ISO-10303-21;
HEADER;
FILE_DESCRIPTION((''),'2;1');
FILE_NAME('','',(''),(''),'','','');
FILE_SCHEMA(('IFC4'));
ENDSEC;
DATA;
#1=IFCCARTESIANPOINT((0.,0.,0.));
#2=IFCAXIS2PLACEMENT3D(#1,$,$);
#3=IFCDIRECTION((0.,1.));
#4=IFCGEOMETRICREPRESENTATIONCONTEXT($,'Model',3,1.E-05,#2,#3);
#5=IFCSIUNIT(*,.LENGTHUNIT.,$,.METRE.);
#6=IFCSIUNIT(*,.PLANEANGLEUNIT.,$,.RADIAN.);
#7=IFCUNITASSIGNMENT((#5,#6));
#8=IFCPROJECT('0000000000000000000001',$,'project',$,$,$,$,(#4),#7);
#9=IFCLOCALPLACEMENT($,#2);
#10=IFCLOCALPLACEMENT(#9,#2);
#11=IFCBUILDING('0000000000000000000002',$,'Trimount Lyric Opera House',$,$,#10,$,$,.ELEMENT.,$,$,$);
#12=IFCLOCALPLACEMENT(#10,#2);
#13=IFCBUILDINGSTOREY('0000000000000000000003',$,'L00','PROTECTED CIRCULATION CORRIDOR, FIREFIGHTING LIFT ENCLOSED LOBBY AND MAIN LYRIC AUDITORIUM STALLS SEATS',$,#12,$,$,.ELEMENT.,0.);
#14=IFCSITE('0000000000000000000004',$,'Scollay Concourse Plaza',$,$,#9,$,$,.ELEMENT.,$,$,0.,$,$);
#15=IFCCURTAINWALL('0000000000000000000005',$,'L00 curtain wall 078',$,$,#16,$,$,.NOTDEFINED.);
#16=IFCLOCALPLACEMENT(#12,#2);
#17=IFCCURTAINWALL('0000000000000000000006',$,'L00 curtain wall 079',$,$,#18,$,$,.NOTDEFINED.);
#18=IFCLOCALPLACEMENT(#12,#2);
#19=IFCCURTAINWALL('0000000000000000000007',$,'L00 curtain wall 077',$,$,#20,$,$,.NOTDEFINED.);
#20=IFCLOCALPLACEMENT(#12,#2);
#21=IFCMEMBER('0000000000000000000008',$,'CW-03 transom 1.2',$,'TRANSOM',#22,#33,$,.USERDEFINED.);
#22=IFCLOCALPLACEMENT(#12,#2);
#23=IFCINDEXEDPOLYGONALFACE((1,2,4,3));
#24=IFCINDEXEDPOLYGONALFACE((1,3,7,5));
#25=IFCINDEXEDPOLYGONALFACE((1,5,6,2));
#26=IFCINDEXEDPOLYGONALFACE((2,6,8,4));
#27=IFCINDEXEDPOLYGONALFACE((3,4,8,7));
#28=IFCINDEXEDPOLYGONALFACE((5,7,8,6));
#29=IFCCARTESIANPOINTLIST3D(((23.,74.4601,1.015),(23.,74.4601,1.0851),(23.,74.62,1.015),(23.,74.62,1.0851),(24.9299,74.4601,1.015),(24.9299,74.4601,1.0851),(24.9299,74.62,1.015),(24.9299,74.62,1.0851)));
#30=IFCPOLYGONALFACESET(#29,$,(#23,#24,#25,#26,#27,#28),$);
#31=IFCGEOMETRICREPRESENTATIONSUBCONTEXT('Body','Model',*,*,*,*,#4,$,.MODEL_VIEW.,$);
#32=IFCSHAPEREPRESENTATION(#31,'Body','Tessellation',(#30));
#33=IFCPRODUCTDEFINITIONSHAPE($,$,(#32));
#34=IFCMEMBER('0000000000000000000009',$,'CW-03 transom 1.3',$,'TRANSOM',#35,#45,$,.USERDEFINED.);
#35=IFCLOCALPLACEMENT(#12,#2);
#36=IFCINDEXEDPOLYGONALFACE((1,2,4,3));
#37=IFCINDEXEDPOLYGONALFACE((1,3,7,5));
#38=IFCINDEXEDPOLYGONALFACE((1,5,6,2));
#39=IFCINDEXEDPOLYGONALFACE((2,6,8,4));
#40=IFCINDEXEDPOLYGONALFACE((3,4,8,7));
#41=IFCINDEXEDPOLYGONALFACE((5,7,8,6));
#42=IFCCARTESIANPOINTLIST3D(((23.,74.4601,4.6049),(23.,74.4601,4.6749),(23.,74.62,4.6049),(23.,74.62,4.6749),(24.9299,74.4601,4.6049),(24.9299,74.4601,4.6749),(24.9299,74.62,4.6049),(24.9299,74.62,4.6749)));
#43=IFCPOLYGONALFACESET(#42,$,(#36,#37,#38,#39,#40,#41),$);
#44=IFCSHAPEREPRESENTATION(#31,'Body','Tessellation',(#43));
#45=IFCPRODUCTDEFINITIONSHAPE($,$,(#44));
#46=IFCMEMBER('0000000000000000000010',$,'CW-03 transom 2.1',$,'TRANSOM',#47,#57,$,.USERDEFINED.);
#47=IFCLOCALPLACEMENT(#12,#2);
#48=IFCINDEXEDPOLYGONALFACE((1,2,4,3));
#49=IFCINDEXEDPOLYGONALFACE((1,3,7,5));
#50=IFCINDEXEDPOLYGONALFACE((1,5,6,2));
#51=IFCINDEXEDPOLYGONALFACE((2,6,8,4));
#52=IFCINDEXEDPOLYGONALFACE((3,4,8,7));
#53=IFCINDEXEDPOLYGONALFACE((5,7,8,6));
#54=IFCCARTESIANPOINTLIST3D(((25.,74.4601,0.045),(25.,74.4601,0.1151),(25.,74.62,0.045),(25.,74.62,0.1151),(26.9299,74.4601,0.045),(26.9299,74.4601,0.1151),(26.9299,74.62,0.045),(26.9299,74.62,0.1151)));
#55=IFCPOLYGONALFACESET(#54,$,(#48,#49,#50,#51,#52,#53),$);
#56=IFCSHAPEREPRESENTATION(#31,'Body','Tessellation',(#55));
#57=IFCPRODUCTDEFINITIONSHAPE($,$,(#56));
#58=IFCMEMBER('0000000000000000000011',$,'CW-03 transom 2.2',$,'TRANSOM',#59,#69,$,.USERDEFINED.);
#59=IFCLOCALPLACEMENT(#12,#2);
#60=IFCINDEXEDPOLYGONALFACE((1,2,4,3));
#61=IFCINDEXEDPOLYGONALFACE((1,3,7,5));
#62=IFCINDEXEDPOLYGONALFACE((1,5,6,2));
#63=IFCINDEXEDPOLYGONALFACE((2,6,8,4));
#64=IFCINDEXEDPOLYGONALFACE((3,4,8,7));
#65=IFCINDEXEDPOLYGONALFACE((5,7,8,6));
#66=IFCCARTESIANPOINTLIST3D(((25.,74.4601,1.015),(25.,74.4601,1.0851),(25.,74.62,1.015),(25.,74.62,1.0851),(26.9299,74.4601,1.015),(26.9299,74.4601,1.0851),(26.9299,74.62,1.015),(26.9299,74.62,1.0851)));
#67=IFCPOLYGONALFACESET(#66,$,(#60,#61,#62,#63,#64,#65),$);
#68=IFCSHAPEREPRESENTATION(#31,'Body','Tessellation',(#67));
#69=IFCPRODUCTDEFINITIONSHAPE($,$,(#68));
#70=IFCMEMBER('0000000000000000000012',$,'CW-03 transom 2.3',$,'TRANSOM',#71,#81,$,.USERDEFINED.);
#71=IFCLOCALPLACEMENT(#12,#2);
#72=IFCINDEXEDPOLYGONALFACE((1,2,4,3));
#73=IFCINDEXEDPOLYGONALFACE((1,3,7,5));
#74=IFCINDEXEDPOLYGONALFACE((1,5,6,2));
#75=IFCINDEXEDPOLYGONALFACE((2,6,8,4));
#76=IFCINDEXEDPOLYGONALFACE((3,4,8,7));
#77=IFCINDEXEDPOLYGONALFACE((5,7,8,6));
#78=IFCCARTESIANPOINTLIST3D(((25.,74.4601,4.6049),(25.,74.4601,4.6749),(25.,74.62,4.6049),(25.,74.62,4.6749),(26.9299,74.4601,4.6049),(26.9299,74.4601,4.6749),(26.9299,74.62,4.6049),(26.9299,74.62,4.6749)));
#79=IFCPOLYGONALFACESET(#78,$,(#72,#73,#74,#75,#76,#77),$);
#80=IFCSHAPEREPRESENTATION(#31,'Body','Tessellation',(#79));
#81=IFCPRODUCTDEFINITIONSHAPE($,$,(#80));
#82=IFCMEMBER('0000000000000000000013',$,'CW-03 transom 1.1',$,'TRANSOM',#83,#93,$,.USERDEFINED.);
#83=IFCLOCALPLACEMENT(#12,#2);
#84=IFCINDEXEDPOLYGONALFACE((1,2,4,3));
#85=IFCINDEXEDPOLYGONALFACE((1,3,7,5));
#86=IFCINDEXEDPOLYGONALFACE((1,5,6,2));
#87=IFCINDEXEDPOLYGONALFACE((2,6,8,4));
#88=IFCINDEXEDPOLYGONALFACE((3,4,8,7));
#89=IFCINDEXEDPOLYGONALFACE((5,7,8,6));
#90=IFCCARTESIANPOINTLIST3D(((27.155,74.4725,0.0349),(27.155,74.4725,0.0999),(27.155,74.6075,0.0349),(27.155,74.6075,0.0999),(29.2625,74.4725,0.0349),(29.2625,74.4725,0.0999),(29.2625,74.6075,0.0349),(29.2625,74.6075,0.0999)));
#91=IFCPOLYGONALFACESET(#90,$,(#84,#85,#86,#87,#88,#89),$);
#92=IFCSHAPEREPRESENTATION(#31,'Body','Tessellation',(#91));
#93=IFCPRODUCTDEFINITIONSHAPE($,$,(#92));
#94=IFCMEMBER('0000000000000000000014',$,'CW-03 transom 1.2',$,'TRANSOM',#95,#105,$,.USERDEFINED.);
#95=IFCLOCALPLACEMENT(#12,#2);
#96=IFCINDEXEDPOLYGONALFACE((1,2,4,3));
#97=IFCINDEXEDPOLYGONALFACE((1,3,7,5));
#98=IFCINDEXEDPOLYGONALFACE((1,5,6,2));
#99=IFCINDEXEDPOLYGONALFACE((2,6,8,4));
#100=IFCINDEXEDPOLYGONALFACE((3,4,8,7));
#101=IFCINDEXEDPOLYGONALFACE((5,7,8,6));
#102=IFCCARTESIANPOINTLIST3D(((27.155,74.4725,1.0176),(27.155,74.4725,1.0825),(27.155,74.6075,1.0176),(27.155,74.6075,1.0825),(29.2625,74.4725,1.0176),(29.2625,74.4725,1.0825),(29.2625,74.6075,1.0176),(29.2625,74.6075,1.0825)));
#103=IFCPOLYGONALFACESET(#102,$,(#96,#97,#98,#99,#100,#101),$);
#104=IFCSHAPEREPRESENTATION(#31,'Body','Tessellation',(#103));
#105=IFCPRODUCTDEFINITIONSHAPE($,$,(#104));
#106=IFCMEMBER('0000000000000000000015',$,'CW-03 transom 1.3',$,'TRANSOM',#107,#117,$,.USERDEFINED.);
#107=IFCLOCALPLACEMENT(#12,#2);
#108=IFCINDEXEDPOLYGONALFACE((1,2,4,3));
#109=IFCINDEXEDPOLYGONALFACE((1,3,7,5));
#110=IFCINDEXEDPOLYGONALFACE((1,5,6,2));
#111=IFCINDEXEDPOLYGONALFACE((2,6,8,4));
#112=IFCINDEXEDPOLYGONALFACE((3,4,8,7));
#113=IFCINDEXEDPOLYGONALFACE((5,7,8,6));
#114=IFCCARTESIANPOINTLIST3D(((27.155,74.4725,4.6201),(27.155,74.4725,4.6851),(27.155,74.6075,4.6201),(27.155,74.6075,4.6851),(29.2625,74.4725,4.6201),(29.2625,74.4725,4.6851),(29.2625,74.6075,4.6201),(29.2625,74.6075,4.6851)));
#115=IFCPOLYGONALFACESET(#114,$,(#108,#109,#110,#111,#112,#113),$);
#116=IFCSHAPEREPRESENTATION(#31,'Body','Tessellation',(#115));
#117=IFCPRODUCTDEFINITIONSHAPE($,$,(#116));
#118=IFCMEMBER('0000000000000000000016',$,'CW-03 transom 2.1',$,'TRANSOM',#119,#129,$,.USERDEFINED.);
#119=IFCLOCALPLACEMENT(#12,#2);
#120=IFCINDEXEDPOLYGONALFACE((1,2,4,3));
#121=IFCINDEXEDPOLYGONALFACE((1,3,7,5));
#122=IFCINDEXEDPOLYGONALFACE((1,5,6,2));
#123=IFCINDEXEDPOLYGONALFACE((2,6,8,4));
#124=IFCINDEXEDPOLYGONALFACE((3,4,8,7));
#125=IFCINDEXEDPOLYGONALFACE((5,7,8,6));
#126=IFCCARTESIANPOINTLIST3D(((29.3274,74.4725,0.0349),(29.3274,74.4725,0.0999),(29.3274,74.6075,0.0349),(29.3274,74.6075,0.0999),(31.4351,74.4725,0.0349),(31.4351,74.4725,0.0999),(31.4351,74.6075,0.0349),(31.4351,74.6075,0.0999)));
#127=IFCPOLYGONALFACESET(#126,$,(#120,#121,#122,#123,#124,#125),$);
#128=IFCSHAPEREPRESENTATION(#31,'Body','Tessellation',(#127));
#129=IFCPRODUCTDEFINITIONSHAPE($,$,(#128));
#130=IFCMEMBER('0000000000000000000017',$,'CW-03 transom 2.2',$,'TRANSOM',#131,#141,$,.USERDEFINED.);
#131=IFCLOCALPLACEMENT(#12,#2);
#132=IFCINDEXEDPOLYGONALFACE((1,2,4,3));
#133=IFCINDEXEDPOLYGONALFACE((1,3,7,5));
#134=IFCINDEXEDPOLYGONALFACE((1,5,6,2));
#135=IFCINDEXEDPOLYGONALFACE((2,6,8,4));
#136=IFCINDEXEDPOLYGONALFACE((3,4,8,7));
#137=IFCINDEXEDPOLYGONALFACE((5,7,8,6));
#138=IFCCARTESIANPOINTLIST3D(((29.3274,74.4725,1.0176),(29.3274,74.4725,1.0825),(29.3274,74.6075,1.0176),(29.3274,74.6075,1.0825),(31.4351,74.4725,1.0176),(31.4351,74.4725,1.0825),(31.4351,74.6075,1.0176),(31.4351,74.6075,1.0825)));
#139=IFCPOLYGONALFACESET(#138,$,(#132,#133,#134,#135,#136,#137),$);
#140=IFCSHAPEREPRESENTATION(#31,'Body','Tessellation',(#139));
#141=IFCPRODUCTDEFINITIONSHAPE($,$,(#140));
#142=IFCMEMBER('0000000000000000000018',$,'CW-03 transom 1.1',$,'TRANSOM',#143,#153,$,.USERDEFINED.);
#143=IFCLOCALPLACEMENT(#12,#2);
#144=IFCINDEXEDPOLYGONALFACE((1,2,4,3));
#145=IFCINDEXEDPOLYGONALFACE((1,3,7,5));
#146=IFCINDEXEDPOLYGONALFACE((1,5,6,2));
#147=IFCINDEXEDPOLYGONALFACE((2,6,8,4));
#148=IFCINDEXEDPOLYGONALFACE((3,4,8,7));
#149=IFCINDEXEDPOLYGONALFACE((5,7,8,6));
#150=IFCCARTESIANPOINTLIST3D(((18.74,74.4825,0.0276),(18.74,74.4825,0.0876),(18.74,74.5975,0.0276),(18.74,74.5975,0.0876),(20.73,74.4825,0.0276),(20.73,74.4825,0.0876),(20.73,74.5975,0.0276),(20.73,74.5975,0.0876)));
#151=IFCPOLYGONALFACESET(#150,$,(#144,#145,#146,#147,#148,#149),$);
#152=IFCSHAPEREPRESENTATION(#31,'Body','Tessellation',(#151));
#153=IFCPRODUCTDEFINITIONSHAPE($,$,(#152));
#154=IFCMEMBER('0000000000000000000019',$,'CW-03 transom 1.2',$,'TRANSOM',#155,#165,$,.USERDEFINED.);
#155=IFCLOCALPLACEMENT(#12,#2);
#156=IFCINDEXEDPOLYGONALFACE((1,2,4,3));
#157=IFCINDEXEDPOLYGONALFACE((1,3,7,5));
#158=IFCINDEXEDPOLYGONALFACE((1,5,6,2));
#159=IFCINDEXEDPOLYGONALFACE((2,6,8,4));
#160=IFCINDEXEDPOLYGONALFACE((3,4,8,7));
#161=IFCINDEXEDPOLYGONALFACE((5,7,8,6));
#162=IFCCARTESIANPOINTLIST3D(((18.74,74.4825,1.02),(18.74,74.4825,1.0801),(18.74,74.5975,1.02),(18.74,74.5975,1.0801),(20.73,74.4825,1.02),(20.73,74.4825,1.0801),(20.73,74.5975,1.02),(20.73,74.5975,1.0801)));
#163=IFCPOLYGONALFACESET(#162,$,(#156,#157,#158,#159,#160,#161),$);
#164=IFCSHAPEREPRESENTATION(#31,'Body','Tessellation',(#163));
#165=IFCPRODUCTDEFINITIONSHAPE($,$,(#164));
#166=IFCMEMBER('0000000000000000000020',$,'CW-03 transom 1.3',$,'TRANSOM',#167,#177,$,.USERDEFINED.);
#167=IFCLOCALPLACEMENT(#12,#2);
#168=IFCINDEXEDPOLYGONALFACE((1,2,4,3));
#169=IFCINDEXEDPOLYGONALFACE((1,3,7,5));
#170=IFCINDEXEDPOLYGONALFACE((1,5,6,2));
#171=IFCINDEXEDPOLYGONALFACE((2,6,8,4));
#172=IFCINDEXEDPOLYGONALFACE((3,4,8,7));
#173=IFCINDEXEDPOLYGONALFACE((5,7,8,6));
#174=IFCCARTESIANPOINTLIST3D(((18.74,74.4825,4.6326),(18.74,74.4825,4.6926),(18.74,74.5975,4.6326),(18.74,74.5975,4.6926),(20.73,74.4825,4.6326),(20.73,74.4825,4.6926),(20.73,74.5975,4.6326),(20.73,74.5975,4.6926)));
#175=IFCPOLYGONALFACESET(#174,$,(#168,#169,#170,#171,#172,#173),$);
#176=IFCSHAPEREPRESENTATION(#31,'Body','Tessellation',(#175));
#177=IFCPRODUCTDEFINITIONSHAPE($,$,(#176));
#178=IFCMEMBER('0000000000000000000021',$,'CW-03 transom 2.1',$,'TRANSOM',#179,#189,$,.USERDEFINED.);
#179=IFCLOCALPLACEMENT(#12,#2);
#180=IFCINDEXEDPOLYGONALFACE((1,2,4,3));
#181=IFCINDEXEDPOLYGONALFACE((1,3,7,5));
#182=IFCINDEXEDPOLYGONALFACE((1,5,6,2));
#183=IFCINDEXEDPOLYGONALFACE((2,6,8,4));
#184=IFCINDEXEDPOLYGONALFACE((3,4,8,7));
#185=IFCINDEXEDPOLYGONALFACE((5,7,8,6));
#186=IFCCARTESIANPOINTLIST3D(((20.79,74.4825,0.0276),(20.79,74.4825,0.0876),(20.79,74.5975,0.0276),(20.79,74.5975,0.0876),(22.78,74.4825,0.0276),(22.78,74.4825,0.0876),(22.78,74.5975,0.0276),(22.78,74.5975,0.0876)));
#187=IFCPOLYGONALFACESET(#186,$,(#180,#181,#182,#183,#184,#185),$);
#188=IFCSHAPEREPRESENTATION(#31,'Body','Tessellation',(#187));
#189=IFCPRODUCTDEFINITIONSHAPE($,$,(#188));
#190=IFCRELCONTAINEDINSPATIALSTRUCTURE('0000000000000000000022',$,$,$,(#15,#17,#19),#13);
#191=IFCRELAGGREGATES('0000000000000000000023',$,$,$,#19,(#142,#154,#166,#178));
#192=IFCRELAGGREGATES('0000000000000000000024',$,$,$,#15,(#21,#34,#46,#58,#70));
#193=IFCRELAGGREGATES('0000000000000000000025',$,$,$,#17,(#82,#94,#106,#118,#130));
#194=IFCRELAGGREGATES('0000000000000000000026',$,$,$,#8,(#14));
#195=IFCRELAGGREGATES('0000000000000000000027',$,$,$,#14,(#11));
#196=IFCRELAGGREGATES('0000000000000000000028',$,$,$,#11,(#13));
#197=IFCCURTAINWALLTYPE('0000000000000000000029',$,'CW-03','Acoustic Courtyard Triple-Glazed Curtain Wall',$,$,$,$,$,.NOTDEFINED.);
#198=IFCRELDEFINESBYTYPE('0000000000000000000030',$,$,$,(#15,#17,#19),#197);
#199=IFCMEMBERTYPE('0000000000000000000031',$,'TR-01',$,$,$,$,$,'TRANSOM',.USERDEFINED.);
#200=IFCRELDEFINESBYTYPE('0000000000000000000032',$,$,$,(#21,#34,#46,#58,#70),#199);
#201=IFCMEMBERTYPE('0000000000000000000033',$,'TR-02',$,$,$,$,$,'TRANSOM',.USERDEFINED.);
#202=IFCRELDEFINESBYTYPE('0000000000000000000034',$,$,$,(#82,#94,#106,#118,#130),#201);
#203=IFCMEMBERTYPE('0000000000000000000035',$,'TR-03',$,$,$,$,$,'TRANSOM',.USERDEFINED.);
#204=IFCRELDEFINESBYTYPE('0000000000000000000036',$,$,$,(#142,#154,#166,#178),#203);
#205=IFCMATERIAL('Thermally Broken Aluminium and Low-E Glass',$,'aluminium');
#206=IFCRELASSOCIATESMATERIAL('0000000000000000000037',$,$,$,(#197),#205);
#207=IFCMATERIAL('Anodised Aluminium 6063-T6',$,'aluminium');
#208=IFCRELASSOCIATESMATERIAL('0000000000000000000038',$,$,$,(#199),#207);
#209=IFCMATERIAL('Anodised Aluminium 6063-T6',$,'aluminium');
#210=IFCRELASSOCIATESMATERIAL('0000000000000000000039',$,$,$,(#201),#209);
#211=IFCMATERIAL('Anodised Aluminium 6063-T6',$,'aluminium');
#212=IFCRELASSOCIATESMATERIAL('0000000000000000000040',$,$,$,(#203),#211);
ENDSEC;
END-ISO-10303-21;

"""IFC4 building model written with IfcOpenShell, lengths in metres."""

from ifc_helpers import new_model, si_unit, direction, frame, origin, origin_2d, place, context, subcontext, project, spatial, rectangle, extrude, material, material_profile, profile_set, type_object, element, aggregate, save


model = new_model("IFC4")

# Units and contexts
model_context = context("Model", 3, precision=1e-05, world=origin(), true_north=direction((0.0, 1.0)))
body_context = subcontext(model_context, "Body", "Model", "MODEL_VIEW")
ifc_project = project(units=[si_unit("LENGTHUNIT", "METRE"), si_unit("PLANEANGLEUNIT", "RADIAN")], contexts=[model_context])

# Site, building, storey
site_placement = place(None, origin())
site = spatial("IfcSite", under=ifc_project, at=site_placement, Name="Scollay Concourse Plaza", CompositionType="ELEMENT", RefElevation=0.0)
building_placement = place(site_placement, origin())
building = spatial("IfcBuilding", under=site, at=building_placement, Name="Trimount Lyric Opera House", CompositionType="ELEMENT")
storey_placement = place(building_placement, origin())
storey = spatial("IfcBuildingStorey", under=building, at=storey_placement, Name="L00", Description="PROTECTED CIRCULATION CORRIDOR, FIREFIGHTING LIFT ENCLOSED LOBBY AND MAIN LYRIC AUDITORIUM STALLS SEATS", CompositionType="ELEMENT", Elevation=0.0)

# Curtain walls
ifc_material_1 = material(Name="Thermally Broken Aluminium and Low-E Glass", Category="aluminium")
curtain_wall_type = type_object("IfcCurtainWallType", Name="CW-03", Description="Acoustic Courtyard Triple-Glazed Curtain Wall", PredefinedType="NOTDEFINED", material=ifc_material_1)
curtain_wall_1_placement = place(storey_placement, origin())
curtain_wall_1 = element("IfcCurtainWall", 1, at=curtain_wall_1_placement, inside=storey, type_object=curtain_wall_type, Name="L00 curtain wall 078", PredefinedType="NOTDEFINED")
curtain_wall_2_placement = place(storey_placement, origin())
curtain_wall_2 = element("IfcCurtainWall", 2, at=curtain_wall_2_placement, inside=storey, type_object=curtain_wall_type, Name="L00 curtain wall 079", PredefinedType="NOTDEFINED")
curtain_wall_3_placement = place(storey_placement, origin())
curtain_wall_3 = element("IfcCurtainWall", 3, at=curtain_wall_3_placement, inside=storey, type_object=curtain_wall_type, Name="L00 curtain wall 077", PredefinedType="NOTDEFINED")

# Members
ifc_material_2 = material(Name="Anodised Aluminium 6063-T6", Category="aluminium")
ifc_material_profile_1 = material_profile(ifc_material_2, rectangle(XDim=0.1599, YDim=0.0701, at=origin_2d()), Name="ALU-TRAN-70X160")
ifc_profile_set_1 = profile_set([ifc_material_profile_1], Name="Anodised Aluminium 6063-T6")
member_type_1 = type_object("IfcMemberType", Name="TR-01", ElementType="TRANSOM", PredefinedType="USERDEFINED", material=ifc_profile_set_1)
member_1_placement = place(storey_placement, frame((23.0, 74.54, 1.05), z_axis=(1.0, 0.0, 0.0), x_axis=(0.0, 1.0, 0.0)))
member_1 = element("IfcMember", 4, at=member_1_placement, type_object=member_type_1, Name="CW-03 transom 1.2", ObjectType="TRANSOM", PredefinedType="USERDEFINED", context=body_context, shape_type="SweptSolid", body=[
    extrude(rectangle(XDim=0.1599, YDim=0.0701, at=origin_2d()), origin(), (0.0, 0.0, 1.0), 1.9299),
])
member_2_placement = place(storey_placement, frame((23.0, 74.54, 4.6399), z_axis=(1.0, 0.0, 0.0), x_axis=(0.0, 1.0, 0.0)))
member_2 = element("IfcMember", 5, at=member_2_placement, type_object=member_type_1, Name="CW-03 transom 1.3", ObjectType="TRANSOM", PredefinedType="USERDEFINED", context=body_context, shape_type="SweptSolid", body=[
    extrude(rectangle(XDim=0.1599, YDim=0.0701, at=origin_2d()), origin(), (0.0, 0.0, 1.0), 1.9299),
])
member_3_placement = place(storey_placement, frame((25.0, 74.54, 0.0801), z_axis=(1.0, 0.0, 0.0), x_axis=(0.0, 1.0, 0.0)))
member_3 = element("IfcMember", 6, at=member_3_placement, type_object=member_type_1, Name="CW-03 transom 2.1", ObjectType="TRANSOM", PredefinedType="USERDEFINED", context=body_context, shape_type="SweptSolid", body=[
    extrude(rectangle(XDim=0.1599, YDim=0.0701, at=origin_2d()), origin(), (0.0, 0.0, 1.0), 1.9299),
])
member_4_placement = place(storey_placement, frame((25.0, 74.54, 1.05), z_axis=(1.0, 0.0, 0.0), x_axis=(0.0, 1.0, 0.0)))
member_4 = element("IfcMember", 7, at=member_4_placement, type_object=member_type_1, Name="CW-03 transom 2.2", ObjectType="TRANSOM", PredefinedType="USERDEFINED", context=body_context, shape_type="SweptSolid", body=[
    extrude(rectangle(XDim=0.1599, YDim=0.0701, at=origin_2d()), origin(), (0.0, 0.0, 1.0), 1.9299),
])
member_5_placement = place(storey_placement, frame((25.0, 74.54, 4.6399), z_axis=(1.0, 0.0, 0.0), x_axis=(0.0, 1.0, 0.0)))
member_5 = element("IfcMember", 8, at=member_5_placement, type_object=member_type_1, Name="CW-03 transom 2.3", ObjectType="TRANSOM", PredefinedType="USERDEFINED", context=body_context, shape_type="SweptSolid", body=[
    extrude(rectangle(XDim=0.1599, YDim=0.0701, at=origin_2d()), origin(), (0.0, 0.0, 1.0), 1.9299),
])
ifc_material_3 = material(Name="Anodised Aluminium 6063-T6", Category="aluminium")
ifc_material_profile_2 = material_profile(ifc_material_3, rectangle(XDim=0.135, YDim=0.0649, at=origin_2d()), Name="ALU-TRAN-65X135")
ifc_profile_set_2 = profile_set([ifc_material_profile_2], Name="Anodised Aluminium 6063-T6")
member_type_2 = type_object("IfcMemberType", Name="TR-02", ElementType="TRANSOM", PredefinedType="USERDEFINED", material=ifc_profile_set_2)
member_6_placement = place(storey_placement, frame((27.155, 74.54, 0.0674), z_axis=(1.0, 0.0, 0.0), x_axis=(0.0, 1.0, 0.0)))
member_6 = element("IfcMember", 9, at=member_6_placement, type_object=member_type_2, Name="CW-03 transom 1.1", ObjectType="TRANSOM", PredefinedType="USERDEFINED", context=body_context, shape_type="SweptSolid", body=[
    extrude(rectangle(XDim=0.135, YDim=0.0649, at=origin_2d()), origin(), (0.0, 0.0, 1.0), 2.1074),
])
member_7_placement = place(storey_placement, frame((27.155, 74.54, 1.05), z_axis=(1.0, 0.0, 0.0), x_axis=(0.0, 1.0, 0.0)))
member_7 = element("IfcMember", 10, at=member_7_placement, type_object=member_type_2, Name="CW-03 transom 1.2", ObjectType="TRANSOM", PredefinedType="USERDEFINED", context=body_context, shape_type="SweptSolid", body=[
    extrude(rectangle(XDim=0.135, YDim=0.0649, at=origin_2d()), origin(), (0.0, 0.0, 1.0), 2.1074),
])
member_8_placement = place(storey_placement, frame((27.155, 74.54, 4.6526), z_axis=(1.0, 0.0, 0.0), x_axis=(0.0, 1.0, 0.0)))
member_8 = element("IfcMember", 11, at=member_8_placement, type_object=member_type_2, Name="CW-03 transom 1.3", ObjectType="TRANSOM", PredefinedType="USERDEFINED", context=body_context, shape_type="SweptSolid", body=[
    extrude(rectangle(XDim=0.135, YDim=0.0649, at=origin_2d()), origin(), (0.0, 0.0, 1.0), 2.1074),
])
member_9_placement = place(storey_placement, frame((29.3274, 74.54, 0.0674), z_axis=(1.0, 0.0, 0.0), x_axis=(0.0, 1.0, 0.0)))
member_9 = element("IfcMember", 12, at=member_9_placement, type_object=member_type_2, Name="CW-03 transom 2.1", ObjectType="TRANSOM", PredefinedType="USERDEFINED", context=body_context, shape_type="SweptSolid", body=[
    extrude(rectangle(XDim=0.135, YDim=0.0649, at=origin_2d()), origin(), (0.0, 0.0, 1.0), 2.1077),
])
member_10_placement = place(storey_placement, frame((29.3274, 74.54, 1.05), z_axis=(1.0, 0.0, 0.0), x_axis=(0.0, 1.0, 0.0)))
member_10 = element("IfcMember", 13, at=member_10_placement, type_object=member_type_2, Name="CW-03 transom 2.2", ObjectType="TRANSOM", PredefinedType="USERDEFINED", context=body_context, shape_type="SweptSolid", body=[
    extrude(rectangle(XDim=0.135, YDim=0.0649, at=origin_2d()), origin(), (0.0, 0.0, 1.0), 2.1077),
])
ifc_material_4 = material(Name="Anodised Aluminium 6063-T6", Category="aluminium")
ifc_material_profile_3 = material_profile(ifc_material_4, rectangle(XDim=0.115, YDim=0.0601, at=origin_2d()), Name="ALU-TRAN-60X115")
ifc_profile_set_3 = profile_set([ifc_material_profile_3], Name="Anodised Aluminium 6063-T6")
member_type_3 = type_object("IfcMemberType", Name="TR-03", ElementType="TRANSOM", PredefinedType="USERDEFINED", material=ifc_profile_set_3)
member_11_placement = place(storey_placement, frame((18.74, 74.54, 0.0576), z_axis=(1.0, 0.0, 0.0), x_axis=(0.0, 1.0, 0.0)))
member_11 = element("IfcMember", 14, at=member_11_placement, type_object=member_type_3, Name="CW-03 transom 1.1", ObjectType="TRANSOM", PredefinedType="USERDEFINED", context=body_context, shape_type="SweptSolid", body=[
    extrude(rectangle(XDim=0.115, YDim=0.0601, at=origin_2d()), origin(), (0.0, 0.0, 1.0), 1.99),
])
member_12_placement = place(storey_placement, frame((18.74, 74.54, 1.05), z_axis=(1.0, 0.0, 0.0), x_axis=(0.0, 1.0, 0.0)))
member_12 = element("IfcMember", 15, at=member_12_placement, type_object=member_type_3, Name="CW-03 transom 1.2", ObjectType="TRANSOM", PredefinedType="USERDEFINED", context=body_context, shape_type="SweptSolid", body=[
    extrude(rectangle(XDim=0.115, YDim=0.0601, at=origin_2d()), origin(), (0.0, 0.0, 1.0), 1.99),
])
member_13_placement = place(storey_placement, frame((18.74, 74.54, 4.6626), z_axis=(1.0, 0.0, 0.0), x_axis=(0.0, 1.0, 0.0)))
member_13 = element("IfcMember", 16, at=member_13_placement, type_object=member_type_3, Name="CW-03 transom 1.3", ObjectType="TRANSOM", PredefinedType="USERDEFINED", context=body_context, shape_type="SweptSolid", body=[
    extrude(rectangle(XDim=0.115, YDim=0.0601, at=origin_2d()), origin(), (0.0, 0.0, 1.0), 1.99),
])
member_14_placement = place(storey_placement, frame((20.79, 74.54, 0.0576), z_axis=(1.0, 0.0, 0.0), x_axis=(0.0, 1.0, 0.0)))
member_14 = element("IfcMember", 17, at=member_14_placement, type_object=member_type_3, Name="CW-03 transom 2.1", ObjectType="TRANSOM", PredefinedType="USERDEFINED", context=body_context, shape_type="SweptSolid", body=[
    extrude(rectangle(XDim=0.115, YDim=0.0601, at=origin_2d()), origin(), (0.0, 0.0, 1.0), 1.99),
])

aggregate(curtain_wall_3, [member_11, member_12, member_13, member_14])
aggregate(curtain_wall_1, [member_1, member_2, member_3, member_4, member_5])
aggregate(curtain_wall_2, [member_6, member_7, member_8, member_9, member_10])

save(model, "model.ifc")
